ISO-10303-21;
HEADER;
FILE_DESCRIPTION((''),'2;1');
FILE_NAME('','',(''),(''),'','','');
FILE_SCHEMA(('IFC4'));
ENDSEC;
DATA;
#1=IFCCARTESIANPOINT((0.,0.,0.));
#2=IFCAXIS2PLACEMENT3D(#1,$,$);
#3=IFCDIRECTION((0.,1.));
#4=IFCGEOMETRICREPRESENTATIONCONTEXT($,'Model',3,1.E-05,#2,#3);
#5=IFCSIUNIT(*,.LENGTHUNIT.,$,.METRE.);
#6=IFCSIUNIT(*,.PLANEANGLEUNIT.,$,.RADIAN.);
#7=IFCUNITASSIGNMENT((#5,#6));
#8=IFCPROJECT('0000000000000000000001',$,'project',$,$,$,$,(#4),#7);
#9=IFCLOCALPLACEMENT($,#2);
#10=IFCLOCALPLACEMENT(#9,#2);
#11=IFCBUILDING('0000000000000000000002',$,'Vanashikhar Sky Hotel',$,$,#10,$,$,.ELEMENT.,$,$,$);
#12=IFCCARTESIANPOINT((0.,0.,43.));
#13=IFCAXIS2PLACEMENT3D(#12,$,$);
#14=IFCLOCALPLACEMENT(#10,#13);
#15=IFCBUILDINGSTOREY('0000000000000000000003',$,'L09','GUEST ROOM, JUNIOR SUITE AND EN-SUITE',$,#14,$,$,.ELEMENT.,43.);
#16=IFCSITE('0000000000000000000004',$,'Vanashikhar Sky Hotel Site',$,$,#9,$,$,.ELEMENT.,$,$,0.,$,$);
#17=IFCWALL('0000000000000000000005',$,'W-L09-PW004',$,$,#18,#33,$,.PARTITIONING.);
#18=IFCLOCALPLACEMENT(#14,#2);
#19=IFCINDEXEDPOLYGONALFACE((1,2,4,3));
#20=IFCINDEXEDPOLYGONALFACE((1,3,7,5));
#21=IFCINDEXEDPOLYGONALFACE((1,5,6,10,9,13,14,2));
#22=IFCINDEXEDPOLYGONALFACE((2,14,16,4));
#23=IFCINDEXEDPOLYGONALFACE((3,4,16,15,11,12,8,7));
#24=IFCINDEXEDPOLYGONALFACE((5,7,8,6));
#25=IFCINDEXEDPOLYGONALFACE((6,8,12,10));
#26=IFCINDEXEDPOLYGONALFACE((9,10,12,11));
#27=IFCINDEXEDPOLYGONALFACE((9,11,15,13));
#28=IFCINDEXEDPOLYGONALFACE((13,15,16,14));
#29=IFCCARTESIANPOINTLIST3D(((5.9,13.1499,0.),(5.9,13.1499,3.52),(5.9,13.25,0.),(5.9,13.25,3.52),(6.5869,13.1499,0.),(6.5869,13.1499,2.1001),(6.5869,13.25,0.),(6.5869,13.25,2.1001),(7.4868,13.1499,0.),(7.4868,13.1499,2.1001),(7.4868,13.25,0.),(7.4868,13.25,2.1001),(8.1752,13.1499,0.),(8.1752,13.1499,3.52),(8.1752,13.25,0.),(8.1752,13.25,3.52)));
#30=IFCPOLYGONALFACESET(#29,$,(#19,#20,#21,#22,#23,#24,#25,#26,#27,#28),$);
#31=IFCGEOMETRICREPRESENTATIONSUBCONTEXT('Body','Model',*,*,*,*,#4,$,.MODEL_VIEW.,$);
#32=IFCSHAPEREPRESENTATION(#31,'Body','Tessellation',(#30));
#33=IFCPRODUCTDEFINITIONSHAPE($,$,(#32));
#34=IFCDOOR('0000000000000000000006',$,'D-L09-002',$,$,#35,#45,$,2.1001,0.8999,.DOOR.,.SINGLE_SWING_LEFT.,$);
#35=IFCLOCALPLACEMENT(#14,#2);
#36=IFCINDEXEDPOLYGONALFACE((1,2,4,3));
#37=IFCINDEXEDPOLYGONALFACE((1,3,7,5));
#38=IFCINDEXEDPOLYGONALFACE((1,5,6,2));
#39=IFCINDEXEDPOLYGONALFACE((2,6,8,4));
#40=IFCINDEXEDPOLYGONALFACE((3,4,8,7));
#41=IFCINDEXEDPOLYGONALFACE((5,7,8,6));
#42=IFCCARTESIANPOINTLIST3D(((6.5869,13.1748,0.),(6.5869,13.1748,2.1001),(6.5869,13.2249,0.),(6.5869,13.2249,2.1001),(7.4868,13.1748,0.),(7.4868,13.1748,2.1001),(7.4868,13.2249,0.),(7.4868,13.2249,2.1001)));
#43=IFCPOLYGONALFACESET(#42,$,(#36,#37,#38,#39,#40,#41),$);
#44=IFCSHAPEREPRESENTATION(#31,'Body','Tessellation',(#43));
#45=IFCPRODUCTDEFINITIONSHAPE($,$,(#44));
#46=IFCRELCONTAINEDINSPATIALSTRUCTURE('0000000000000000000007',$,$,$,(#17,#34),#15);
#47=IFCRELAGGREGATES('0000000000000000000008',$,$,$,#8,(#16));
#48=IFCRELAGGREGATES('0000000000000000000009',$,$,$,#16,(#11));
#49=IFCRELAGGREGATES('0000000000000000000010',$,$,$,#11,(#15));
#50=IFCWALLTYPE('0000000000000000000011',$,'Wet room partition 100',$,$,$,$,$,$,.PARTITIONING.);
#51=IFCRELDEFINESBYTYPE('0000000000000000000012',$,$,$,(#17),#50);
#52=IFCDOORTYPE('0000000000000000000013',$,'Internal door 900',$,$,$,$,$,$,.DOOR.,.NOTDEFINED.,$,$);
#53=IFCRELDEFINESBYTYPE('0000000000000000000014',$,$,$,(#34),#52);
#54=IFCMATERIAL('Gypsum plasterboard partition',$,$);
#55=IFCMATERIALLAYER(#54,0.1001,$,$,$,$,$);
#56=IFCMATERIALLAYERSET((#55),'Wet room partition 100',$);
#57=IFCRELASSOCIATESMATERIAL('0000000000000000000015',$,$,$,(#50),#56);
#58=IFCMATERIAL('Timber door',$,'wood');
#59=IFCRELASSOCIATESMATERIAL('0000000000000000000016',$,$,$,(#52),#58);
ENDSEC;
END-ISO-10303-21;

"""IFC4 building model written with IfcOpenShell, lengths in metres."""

from ifc_helpers import new_model, si_unit, direction, frame, frame_2d, origin, place, context, subcontext, project, spatial, rectangle, extrude, source, transform, mapped, material, layer, layer_set, type_object, element, fill, save


model = new_model("IFC4")

# Units and contexts
model_context = context("Model", 3, precision=1e-05, world=origin(), true_north=direction((0.0, 1.0)))
body_context = subcontext(model_context, "Body", "Model", "MODEL_VIEW")
ifc_project = project(units=[si_unit("LENGTHUNIT", "METRE"), si_unit("PLANEANGLEUNIT", "RADIAN")], contexts=[model_context])

# Site, building, storey
site_placement = place(None, origin())
site = spatial("IfcSite", under=ifc_project, at=site_placement, Name="Vanashikhar Sky Hotel Site", CompositionType="ELEMENT", RefElevation=0.0)
building_placement = place(site_placement, origin())
building = spatial("IfcBuilding", under=site, at=building_placement, Name="Vanashikhar Sky Hotel", CompositionType="ELEMENT")
storey_placement = place(building_placement, frame((0.0, 0.0, 43.0)))
storey = spatial("IfcBuildingStorey", under=building, at=storey_placement, Name="L09", Description="GUEST ROOM, JUNIOR SUITE AND EN-SUITE", CompositionType="ELEMENT", Elevation=43.0)

# Shared definitions
ifc_material_1 = material(Name="Gypsum plasterboard partition")
ifc_layer_1 = layer(ifc_material_1, 0.1001)
ifc_layer_set_1 = layer_set([ifc_layer_1], Name="Wet room partition 100")
wall_type_1 = type_object("IfcWallType", Name="Wet room partition 100", PredefinedType="PARTITIONING", material=ifc_layer_set_1)
shared_shape_1 = source(origin(), body_context, "Body", "SweptSolid", [
    extrude(rectangle(XDim=0.8999, YDim=2.1001, at=frame_2d((0.45, 1.05))), frame((0.0, 0.0601, 0.0), z_axis=(0.0, -1.0, 0.0), x_axis=(1.0, 0.0, 0.0)), (0.0, 0.0, 1.0), 0.1201),
])
ifc_material_2 = material(Name="Timber door", Category="wood")
door_type_1 = type_object("IfcDoorType", Name="Internal door 900", OperationType="NOTDEFINED", PredefinedType="DOOR", material=ifc_material_2)
shared_shape_2 = source(origin(), body_context, "Body", "SweptSolid", [
    extrude(rectangle(XDim=0.8999, YDim=2.1001, at=frame_2d((0.45, 1.05))), frame((0.0, 0.0249, 0.0), z_axis=(0.0, -1.0, 0.0), x_axis=(1.0, 0.0, 0.0)), (0.0, 0.0, 1.0), 0.05),
])

# Wall, opening, door
shared_shape_3 = source(origin(), body_context, "Body", "SweptSolid", [
    extrude(rectangle(XDim=2.2751, YDim=0.1001, at=frame_2d((1.1377, 0.0))), origin(), (0.0, 0.0, 1.0), 3.52),
])
wall_1_placement = place(storey_placement, frame((5.8999, 13.2, 0.0), z_axis=(0.0, 0.0, 1.0), x_axis=(1.0, 0.0, 0.0)))
wall_1 = element("IfcWall", 1, at=wall_1_placement, inside=storey, type_object=wall_type_1, Name="W-L09-PW004", PredefinedType="PARTITIONING", context=body_context, shape_type="MappedRepresentation", body=[
    mapped(shared_shape_3, transform((0.0, 0.0, 0.0), scale=1.0)),
])
opening_1_placement = place(wall_1_placement, frame((0.687, 0.0, 0.0)))
opening_1 = element("IfcOpeningElement", 2, at=opening_1_placement, cuts=wall_1, PredefinedType="OPENING", context=body_context, shape_type="MappedRepresentation", body=[
    mapped(shared_shape_1, transform((0.0, 0.0, 0.0), scale=1.0)),
])
door_1_placement = place(opening_1_placement, origin())
door_1 = element("IfcDoor", 3, at=door_1_placement, inside=storey, type_object=door_type_1, Name="D-L09-002", OperationType="SINGLE_SWING_LEFT", OverallHeight=2.1001, OverallWidth=0.8999, PredefinedType="DOOR", context=body_context, shape_type="MappedRepresentation", body=[
    mapped(shared_shape_2, transform((0.0, 0.0, 0.0), scale=1.0)),
])
fill(opening_1, door_1)

save(model, "model.ifc")
